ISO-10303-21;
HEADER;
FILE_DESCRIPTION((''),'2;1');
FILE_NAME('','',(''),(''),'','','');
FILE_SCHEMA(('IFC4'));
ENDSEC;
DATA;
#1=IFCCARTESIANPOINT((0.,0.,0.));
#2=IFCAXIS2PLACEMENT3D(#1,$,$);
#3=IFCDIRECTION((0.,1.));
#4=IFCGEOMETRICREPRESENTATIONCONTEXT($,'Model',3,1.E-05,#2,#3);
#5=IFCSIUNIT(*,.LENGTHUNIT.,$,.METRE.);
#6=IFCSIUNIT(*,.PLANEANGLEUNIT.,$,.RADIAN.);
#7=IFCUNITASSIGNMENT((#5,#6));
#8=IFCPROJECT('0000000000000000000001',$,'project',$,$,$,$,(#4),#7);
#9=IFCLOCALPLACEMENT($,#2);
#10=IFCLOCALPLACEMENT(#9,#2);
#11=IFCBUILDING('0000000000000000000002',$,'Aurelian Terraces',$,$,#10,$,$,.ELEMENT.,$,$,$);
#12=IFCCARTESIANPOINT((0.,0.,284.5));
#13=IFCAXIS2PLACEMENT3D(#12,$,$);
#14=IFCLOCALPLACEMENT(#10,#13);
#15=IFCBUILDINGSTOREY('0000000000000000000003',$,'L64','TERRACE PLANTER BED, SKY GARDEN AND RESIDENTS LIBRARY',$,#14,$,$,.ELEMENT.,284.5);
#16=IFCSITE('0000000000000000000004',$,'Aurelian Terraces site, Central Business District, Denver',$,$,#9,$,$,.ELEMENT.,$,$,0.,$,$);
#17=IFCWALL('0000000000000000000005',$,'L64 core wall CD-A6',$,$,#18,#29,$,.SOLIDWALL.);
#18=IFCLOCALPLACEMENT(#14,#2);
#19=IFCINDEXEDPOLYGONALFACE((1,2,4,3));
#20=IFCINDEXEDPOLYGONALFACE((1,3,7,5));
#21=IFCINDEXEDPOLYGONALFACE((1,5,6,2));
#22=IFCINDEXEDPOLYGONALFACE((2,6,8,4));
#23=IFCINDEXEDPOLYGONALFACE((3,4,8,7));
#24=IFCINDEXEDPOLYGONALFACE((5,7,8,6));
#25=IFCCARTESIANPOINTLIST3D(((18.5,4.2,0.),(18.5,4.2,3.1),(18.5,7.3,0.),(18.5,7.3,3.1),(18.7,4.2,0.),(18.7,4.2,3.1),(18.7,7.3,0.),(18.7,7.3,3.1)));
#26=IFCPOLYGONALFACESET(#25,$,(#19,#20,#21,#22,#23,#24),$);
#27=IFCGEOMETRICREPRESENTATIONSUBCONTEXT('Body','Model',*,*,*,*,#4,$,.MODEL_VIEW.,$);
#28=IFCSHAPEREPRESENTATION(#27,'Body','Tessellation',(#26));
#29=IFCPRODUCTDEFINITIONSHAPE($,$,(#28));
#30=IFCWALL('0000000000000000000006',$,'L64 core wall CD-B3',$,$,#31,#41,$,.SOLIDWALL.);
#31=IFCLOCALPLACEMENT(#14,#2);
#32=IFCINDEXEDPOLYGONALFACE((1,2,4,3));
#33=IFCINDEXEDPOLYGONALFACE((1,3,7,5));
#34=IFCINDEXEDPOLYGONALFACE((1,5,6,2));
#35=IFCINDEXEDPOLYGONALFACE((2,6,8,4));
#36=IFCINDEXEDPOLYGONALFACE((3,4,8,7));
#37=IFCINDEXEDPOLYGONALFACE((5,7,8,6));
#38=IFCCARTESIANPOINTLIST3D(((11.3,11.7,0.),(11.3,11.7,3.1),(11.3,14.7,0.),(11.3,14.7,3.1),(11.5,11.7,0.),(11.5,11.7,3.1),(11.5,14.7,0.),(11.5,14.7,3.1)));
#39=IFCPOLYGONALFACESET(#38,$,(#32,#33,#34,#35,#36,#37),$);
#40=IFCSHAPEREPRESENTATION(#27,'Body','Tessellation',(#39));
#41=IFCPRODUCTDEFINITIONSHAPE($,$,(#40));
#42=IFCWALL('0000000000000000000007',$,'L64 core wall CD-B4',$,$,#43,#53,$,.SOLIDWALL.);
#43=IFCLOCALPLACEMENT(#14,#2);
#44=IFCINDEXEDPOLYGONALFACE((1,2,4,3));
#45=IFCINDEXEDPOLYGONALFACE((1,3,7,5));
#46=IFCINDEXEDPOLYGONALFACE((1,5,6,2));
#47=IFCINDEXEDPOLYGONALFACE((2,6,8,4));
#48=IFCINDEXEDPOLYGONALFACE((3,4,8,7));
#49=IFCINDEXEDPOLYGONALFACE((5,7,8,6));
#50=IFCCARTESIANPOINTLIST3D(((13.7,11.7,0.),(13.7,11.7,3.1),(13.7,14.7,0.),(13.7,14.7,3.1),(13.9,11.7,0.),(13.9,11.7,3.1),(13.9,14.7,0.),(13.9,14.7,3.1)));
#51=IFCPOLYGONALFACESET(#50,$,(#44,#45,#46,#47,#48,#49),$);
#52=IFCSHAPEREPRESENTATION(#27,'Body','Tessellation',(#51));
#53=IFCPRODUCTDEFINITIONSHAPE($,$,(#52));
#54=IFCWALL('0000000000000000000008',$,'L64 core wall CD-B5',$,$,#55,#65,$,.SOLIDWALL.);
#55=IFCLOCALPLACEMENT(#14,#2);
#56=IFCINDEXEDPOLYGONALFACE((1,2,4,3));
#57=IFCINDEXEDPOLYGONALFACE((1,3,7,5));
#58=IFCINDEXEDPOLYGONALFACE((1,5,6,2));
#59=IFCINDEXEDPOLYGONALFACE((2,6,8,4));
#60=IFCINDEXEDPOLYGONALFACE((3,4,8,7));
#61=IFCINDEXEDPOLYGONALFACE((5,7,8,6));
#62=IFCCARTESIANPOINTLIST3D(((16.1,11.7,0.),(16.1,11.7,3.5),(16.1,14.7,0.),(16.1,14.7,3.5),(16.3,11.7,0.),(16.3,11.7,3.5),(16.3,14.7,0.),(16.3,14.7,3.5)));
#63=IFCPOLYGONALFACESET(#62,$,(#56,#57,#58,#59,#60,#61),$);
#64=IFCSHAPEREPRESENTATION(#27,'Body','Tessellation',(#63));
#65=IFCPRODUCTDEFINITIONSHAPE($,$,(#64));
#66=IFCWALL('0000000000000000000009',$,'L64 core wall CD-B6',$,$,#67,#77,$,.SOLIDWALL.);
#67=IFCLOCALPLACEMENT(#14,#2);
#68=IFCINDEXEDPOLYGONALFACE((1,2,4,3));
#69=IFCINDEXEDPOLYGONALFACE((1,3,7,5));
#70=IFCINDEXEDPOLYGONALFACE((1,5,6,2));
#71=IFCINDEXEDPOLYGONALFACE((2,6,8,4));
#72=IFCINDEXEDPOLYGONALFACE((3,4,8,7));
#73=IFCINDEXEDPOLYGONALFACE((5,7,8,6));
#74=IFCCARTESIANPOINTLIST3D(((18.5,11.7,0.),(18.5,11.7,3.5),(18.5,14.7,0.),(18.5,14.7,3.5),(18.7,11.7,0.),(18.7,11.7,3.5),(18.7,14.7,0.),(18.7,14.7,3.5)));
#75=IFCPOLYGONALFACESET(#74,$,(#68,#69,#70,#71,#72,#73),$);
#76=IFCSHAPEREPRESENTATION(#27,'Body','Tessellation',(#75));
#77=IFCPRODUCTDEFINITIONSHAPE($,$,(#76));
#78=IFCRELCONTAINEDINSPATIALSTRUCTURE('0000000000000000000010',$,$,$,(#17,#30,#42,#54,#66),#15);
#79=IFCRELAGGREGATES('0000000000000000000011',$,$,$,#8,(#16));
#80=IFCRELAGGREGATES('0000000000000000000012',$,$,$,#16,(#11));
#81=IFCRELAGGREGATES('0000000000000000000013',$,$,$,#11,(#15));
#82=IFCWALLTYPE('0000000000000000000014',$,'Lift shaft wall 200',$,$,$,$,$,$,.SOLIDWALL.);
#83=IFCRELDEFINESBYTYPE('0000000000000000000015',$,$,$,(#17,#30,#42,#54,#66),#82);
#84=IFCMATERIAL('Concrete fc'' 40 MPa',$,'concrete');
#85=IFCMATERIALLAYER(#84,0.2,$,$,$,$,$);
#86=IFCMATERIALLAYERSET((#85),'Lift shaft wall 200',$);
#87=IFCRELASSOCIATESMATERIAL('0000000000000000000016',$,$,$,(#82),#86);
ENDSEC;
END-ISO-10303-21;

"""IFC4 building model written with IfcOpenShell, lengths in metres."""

from ifc_helpers import new_model, si_unit, direction, frame, frame_2d, origin, place, context, subcontext, project, spatial, rectangle, extrude, source, transform, mapped, material, layer, layer_set, type_object, element, save


model = new_model("IFC4")

# Units and contexts
model_context = context("Model", 3, precision=1e-05, world=origin(), true_north=direction((0.0, 1.0)))
body_context = subcontext(model_context, "Body", "Model", "MODEL_VIEW")
ifc_project = project(units=[si_unit("LENGTHUNIT", "METRE"), si_unit("PLANEANGLEUNIT", "RADIAN")], contexts=[model_context])

# Site, building, storey
site_placement = place(None, origin())
site = spatial("IfcSite", under=ifc_project, at=site_placement, Name="Aurelian Terraces site, Central Business District, Denver", CompositionType="ELEMENT", RefElevation=0.0)
building_placement = place(site_placement, origin())
building = spatial("IfcBuilding", under=site, at=building_placement, Name="Aurelian Terraces", CompositionType="ELEMENT")
storey_placement = place(building_placement, frame((0.0, 0.0, 284.5)))
storey = spatial("IfcBuildingStorey", under=building, at=storey_placement, Name="L64", Description="TERRACE PLANTER BED, SKY GARDEN AND RESIDENTS LIBRARY", CompositionType="ELEMENT", Elevation=284.5)

# Shared definitions
ifc_material_1 = material(Name="Concrete fc' 40 MPa", Category="concrete")

# Shared definitions
ifc_layer_1 = layer(ifc_material_1, 0.2)
ifc_layer_set_1 = layer_set([ifc_layer_1], Name="Lift shaft wall 200")
wall_type_1 = type_object("IfcWallType", Name="Lift shaft wall 200", PredefinedType="SOLIDWALL", material=ifc_layer_set_1)

# Walls
shared_shape_1 = source(origin(), body_context, "Body", "SweptSolid", [
    extrude(rectangle(XDim=3.1, YDim=0.2, at=frame_2d((1.55, 0.0))), origin(), (0.0, 0.0, 1.0), 3.1),
])
wall_1_placement = place(storey_placement, frame((18.6, 4.2, 0.0), z_axis=(0.0, 0.0, 1.0), x_axis=(0.0, 1.0, 0.0)))
element("IfcWall", 1, at=wall_1_placement, inside=storey, type_object=wall_type_1, Name="L64 core wall CD-A6", PredefinedType="SOLIDWALL", context=body_context, shape_type="MappedRepresentation", body=[
    mapped(shared_shape_1, transform((0.0, 0.0, 0.0), scale=1.0)),
])
shared_shape_2 = source(origin(), body_context, "Body", "SweptSolid", [
    extrude(rectangle(XDim=3.0, YDim=0.2, at=frame_2d((1.5, 0.0))), origin(), (0.0, 0.0, 1.0), 3.1),
])
for number, where, z_axis, x_axis, name in (
    (2, (11.4, 11.7, 0.0), (0.0, 0.0, 1.0), (0.0, 1.0, 0.0), "L64 core wall CD-B3"),
    (3, (13.8, 11.7, 0.0), (0.0, 0.0, 1.0), (0.0, 1.0, 0.0), "L64 core wall CD-B4"),
):
    element("IfcWall", number, at=place(storey_placement, frame(where, z_axis=z_axis, x_axis=x_axis)), inside=storey, type_object=wall_type_1, Name=name, PredefinedType="SOLIDWALL", context=body_context, shape_type="MappedRepresentation", body=[
        mapped(shared_shape_2, transform((0.0, 0.0, 0.0), scale=1.0)),
    ])
shared_shape_3 = source(origin(), body_context, "Body", "SweptSolid", [
    extrude(rectangle(XDim=3.0, YDim=0.2, at=frame_2d((1.5, 0.0))), origin(), (0.0, 0.0, 1.0), 3.5),
])
for number, where, z_axis, x_axis, name in (
    (4, (16.2, 11.7, 0.0), (0.0, 0.0, 1.0), (0.0, 1.0, 0.0), "L64 core wall CD-B5"),
    (5, (18.6, 11.7, 0.0), (0.0, 0.0, 1.0), (0.0, 1.0, 0.0), "L64 core wall CD-B6"),
):
    element("IfcWall", number, at=place(storey_placement, frame(where, z_axis=z_axis, x_axis=x_axis)), inside=storey, type_object=wall_type_1, Name=name, PredefinedType="SOLIDWALL", context=body_context, shape_type="MappedRepresentation", body=[
        mapped(shared_shape_3, transform((0.0, 0.0, 0.0), scale=1.0)),
    ])

save(model, "model.ifc")
